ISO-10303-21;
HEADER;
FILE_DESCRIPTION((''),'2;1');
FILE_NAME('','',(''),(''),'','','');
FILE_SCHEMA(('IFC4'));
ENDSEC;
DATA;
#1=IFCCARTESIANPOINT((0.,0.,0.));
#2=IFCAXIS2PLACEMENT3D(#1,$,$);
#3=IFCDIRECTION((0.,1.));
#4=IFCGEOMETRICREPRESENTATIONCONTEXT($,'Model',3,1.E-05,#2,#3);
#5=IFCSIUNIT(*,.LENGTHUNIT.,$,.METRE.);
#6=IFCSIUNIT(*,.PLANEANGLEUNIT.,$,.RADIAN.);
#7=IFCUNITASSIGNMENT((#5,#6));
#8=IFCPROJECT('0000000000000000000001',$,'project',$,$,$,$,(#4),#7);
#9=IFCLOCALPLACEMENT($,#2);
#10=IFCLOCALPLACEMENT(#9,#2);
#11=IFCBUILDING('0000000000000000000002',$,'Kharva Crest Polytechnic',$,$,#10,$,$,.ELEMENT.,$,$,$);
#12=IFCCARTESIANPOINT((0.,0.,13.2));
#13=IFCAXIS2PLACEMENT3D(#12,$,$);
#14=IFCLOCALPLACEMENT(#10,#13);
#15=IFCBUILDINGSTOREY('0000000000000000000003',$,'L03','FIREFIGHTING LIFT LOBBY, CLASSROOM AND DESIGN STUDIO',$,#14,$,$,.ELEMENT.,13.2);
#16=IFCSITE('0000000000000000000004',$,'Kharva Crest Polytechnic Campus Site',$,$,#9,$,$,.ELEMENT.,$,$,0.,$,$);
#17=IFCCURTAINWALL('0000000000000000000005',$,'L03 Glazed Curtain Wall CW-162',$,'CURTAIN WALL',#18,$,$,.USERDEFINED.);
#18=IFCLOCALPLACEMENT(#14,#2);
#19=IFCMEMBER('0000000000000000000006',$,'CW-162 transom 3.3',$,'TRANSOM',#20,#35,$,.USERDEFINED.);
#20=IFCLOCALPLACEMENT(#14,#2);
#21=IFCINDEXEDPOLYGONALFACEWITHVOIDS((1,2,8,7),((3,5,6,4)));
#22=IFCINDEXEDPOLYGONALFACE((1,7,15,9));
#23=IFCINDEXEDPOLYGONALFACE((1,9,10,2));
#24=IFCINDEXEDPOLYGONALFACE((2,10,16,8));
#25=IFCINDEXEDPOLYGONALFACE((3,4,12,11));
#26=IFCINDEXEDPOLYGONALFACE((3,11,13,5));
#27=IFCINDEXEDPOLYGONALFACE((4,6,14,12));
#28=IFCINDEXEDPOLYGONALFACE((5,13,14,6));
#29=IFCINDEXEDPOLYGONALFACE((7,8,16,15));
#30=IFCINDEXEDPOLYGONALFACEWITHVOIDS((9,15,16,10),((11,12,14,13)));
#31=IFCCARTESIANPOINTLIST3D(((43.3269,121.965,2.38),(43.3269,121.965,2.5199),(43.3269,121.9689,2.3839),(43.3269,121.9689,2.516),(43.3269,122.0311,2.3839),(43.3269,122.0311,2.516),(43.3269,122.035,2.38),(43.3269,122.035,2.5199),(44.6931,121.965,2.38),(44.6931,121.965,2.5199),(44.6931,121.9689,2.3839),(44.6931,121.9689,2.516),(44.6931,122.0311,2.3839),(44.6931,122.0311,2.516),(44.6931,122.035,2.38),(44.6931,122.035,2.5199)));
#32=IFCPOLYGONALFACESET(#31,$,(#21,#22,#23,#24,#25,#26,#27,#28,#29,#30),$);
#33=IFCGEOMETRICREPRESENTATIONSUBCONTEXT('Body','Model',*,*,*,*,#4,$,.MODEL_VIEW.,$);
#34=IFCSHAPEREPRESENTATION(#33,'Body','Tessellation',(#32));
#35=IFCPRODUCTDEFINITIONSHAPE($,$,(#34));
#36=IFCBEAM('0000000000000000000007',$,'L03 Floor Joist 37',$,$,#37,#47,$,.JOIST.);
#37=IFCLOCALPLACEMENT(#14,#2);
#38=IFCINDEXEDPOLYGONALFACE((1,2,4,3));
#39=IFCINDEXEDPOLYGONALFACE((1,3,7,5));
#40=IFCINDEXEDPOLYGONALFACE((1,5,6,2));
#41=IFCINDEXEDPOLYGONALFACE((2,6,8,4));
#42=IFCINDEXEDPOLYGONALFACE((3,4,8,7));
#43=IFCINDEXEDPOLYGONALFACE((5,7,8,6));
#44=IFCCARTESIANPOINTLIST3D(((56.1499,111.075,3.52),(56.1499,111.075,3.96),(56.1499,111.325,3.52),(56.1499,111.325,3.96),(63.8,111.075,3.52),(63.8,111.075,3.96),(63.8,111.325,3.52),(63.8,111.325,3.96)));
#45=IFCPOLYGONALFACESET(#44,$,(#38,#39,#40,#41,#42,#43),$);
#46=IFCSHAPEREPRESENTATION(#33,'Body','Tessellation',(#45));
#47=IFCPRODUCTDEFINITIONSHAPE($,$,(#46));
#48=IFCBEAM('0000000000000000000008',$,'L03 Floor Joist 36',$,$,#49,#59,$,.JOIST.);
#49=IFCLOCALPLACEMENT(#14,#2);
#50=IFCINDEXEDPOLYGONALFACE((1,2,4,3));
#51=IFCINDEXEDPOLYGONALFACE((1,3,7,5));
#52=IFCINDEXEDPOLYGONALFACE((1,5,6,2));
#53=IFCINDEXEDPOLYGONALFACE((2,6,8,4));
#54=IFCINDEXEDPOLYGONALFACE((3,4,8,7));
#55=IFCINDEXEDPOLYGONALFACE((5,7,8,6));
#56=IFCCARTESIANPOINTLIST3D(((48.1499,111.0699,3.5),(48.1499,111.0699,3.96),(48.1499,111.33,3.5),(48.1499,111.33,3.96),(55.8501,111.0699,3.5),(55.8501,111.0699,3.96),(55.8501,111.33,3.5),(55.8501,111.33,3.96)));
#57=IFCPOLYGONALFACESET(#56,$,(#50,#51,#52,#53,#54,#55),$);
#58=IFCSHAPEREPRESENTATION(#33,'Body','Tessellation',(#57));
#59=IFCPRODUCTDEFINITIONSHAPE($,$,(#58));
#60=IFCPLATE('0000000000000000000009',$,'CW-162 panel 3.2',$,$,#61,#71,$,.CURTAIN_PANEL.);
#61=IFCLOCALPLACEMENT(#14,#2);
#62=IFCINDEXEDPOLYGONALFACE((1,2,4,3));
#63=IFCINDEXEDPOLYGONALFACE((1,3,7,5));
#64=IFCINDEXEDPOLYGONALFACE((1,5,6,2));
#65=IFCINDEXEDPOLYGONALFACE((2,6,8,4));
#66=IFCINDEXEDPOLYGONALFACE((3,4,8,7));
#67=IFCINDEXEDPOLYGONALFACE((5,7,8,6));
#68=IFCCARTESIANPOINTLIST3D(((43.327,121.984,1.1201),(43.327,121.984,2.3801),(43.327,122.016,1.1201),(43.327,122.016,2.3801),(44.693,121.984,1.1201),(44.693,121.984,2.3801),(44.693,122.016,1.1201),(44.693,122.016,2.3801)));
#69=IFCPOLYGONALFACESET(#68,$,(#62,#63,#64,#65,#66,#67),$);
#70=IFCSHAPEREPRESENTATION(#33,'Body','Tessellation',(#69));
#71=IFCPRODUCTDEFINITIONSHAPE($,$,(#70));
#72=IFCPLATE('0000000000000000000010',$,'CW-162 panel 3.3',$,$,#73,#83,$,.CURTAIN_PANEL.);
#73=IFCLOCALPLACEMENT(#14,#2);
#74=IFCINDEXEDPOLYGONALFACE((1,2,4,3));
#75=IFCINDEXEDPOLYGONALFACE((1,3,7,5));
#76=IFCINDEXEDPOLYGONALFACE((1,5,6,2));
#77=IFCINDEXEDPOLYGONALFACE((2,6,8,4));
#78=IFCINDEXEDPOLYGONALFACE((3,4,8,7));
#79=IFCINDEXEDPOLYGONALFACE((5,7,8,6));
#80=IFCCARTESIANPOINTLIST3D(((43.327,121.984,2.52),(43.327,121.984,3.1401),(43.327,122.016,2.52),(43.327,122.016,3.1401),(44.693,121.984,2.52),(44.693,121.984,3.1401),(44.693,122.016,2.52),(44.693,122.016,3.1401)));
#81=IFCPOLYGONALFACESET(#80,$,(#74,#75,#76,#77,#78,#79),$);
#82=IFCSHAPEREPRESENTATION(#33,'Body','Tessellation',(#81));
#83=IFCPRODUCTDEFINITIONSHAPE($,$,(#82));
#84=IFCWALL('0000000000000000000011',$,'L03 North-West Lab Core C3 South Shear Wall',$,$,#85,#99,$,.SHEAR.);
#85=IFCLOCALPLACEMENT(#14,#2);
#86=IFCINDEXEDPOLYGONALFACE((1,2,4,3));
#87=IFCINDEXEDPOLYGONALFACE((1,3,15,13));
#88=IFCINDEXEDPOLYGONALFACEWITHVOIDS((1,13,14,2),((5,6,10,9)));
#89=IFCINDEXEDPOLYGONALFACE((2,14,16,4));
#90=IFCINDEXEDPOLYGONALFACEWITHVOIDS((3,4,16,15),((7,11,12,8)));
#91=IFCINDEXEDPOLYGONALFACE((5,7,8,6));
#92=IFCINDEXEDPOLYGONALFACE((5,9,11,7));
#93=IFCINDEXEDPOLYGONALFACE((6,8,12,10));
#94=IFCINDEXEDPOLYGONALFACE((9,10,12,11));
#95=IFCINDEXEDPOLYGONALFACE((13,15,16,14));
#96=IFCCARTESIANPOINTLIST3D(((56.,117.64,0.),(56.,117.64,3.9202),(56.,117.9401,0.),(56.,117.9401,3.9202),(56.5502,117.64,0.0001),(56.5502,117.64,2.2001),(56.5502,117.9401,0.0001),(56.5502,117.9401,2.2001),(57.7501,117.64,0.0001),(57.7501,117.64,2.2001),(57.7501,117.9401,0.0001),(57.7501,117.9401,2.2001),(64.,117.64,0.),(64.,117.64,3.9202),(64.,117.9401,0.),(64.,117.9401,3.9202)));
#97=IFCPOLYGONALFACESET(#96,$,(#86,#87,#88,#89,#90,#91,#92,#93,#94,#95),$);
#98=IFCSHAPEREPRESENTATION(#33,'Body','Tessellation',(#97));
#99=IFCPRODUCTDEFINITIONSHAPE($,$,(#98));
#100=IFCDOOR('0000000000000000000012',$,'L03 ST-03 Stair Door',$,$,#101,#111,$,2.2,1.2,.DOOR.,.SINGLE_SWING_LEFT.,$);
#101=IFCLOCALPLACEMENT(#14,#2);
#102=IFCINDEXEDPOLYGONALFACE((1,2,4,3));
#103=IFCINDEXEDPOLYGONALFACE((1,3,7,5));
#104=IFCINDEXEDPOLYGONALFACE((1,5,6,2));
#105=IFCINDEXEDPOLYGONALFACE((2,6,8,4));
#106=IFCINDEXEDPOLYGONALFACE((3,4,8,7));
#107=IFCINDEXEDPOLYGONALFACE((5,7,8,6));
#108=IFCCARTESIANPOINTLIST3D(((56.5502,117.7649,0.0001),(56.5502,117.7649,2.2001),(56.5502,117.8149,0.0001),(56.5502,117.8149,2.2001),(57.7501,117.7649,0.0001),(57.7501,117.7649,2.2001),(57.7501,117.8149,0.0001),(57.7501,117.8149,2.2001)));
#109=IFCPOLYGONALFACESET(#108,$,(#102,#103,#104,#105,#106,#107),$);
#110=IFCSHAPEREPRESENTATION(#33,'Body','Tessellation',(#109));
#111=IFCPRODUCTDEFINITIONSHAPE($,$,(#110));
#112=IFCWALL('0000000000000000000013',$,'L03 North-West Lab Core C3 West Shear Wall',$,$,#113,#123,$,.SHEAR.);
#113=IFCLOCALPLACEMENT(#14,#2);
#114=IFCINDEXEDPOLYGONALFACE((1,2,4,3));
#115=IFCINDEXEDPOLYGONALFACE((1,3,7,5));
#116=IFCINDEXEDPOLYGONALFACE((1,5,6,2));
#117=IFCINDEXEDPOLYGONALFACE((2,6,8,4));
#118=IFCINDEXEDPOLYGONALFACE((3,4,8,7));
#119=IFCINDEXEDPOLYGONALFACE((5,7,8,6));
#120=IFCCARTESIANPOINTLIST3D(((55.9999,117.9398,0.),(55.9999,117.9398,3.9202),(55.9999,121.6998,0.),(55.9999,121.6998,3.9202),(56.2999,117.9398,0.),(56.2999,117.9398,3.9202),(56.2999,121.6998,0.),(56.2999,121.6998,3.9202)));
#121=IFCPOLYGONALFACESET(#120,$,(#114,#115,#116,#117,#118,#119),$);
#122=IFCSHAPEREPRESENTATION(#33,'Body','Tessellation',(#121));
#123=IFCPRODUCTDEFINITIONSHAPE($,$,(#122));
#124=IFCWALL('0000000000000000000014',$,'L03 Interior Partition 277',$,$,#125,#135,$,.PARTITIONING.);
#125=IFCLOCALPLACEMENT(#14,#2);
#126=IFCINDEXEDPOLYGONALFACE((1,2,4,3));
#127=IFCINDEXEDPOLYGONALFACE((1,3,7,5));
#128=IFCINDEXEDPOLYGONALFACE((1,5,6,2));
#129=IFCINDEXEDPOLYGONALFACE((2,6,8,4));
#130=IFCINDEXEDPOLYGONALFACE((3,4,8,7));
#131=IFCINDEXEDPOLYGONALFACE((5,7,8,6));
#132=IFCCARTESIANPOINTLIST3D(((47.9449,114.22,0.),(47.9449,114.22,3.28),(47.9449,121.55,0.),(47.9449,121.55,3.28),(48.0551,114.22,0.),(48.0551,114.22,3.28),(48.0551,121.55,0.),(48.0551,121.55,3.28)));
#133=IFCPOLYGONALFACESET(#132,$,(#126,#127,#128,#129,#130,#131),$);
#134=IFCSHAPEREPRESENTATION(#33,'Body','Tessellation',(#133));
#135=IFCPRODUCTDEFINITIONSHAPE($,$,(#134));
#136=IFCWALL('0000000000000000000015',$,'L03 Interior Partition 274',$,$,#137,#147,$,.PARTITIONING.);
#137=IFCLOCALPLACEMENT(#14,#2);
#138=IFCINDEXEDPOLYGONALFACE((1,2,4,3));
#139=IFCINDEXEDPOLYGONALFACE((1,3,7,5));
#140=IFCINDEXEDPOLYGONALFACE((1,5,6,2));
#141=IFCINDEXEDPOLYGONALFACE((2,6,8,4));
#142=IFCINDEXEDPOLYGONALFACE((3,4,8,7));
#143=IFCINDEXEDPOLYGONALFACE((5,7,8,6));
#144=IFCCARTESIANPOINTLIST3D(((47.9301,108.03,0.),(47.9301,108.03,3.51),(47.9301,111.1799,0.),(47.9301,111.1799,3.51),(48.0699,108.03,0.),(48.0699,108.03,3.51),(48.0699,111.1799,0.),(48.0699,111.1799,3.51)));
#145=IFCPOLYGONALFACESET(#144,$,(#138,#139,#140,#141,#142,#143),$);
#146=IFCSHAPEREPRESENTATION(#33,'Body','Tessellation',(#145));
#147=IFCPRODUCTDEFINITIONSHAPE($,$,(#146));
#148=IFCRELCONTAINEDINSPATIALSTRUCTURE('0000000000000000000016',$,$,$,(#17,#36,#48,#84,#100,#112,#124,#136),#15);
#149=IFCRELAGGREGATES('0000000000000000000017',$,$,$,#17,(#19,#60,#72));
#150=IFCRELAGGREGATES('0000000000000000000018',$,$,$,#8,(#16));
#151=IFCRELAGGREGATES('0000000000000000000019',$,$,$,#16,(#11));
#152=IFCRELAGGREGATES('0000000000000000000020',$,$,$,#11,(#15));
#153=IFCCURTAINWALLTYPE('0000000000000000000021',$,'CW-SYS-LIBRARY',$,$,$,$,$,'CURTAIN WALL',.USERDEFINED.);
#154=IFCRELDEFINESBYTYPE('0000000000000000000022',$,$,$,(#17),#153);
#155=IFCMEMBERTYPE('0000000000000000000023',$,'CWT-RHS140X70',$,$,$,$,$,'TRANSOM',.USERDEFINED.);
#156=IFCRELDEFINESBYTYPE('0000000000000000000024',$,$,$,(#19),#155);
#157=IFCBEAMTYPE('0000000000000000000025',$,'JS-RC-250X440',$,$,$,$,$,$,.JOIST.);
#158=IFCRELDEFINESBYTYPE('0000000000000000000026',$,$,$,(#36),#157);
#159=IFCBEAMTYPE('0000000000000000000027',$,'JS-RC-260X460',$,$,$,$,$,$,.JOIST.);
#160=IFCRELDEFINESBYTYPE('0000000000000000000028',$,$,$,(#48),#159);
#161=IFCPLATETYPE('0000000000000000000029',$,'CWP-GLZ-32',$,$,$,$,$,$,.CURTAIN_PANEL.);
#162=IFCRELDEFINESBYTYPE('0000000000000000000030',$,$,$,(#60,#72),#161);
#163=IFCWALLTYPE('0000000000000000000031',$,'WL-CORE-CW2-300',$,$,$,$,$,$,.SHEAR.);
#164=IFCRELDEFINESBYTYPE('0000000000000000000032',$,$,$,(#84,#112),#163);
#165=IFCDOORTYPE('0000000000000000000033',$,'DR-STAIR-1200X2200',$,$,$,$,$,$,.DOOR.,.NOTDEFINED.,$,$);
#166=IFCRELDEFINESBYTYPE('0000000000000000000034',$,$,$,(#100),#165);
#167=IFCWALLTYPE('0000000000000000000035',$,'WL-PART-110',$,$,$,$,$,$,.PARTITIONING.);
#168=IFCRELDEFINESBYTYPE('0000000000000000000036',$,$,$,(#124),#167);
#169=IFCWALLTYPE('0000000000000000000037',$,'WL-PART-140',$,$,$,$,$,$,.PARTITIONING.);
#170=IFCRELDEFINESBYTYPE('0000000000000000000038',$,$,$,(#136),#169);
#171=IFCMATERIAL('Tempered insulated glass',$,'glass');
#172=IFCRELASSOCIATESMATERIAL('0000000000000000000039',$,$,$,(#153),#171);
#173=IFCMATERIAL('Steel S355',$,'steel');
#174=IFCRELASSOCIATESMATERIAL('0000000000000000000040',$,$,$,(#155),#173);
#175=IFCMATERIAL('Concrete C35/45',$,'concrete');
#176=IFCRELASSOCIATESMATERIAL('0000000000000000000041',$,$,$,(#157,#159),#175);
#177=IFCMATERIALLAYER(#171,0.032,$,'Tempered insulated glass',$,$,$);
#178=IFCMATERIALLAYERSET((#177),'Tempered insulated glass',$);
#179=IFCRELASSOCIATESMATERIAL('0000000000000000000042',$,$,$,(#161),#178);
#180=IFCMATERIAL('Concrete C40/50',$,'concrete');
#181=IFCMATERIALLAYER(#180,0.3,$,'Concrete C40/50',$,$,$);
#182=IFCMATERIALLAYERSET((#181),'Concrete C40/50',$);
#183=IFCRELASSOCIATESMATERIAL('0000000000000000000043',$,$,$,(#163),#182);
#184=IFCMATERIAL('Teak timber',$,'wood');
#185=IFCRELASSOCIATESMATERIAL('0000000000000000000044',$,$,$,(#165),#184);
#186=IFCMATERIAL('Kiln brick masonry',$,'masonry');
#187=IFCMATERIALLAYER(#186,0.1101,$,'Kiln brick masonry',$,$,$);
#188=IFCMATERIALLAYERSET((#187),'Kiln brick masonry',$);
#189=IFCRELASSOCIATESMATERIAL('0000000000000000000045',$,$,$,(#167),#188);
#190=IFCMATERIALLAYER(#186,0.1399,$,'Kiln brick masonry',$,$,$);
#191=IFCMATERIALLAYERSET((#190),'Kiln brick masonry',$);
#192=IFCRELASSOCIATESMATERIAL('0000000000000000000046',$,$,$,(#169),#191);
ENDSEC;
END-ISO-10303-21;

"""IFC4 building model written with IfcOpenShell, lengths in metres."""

from ifc_helpers import new_model, si_unit, direction, frame, frame_2d, origin, origin_2d, place, context, subcontext, project, spatial, rectangle, hollow_rectangle, extrude, material, layer, layer_set, material_profile, profile_set, type_object, element, fill, aggregate, save


model = new_model("IFC4")

# Units and contexts
model_context = context("Model", 3, precision=1e-05, world=origin(), true_north=direction((0.0, 1.0)))
body_context = subcontext(model_context, "Body", "Model", "MODEL_VIEW")
ifc_project = project(units=[si_unit("LENGTHUNIT", "METRE"), si_unit("PLANEANGLEUNIT", "RADIAN")], contexts=[model_context])

# Site, building, storey
site_placement = place(None, origin())
site = spatial("IfcSite", under=ifc_project, at=site_placement, Name="Kharva Crest Polytechnic Campus Site", CompositionType="ELEMENT", RefElevation=0.0)
building_placement = place(site_placement, origin())
building = spatial("IfcBuilding", under=site, at=building_placement, Name="Kharva Crest Polytechnic", CompositionType="ELEMENT")
storey_placement = place(building_placement, frame((0.0, 0.0, 13.2)))
storey = spatial("IfcBuildingStorey", under=building, at=storey_placement, Name="L03", Description="FIREFIGHTING LIFT LOBBY, CLASSROOM AND DESIGN STUDIO", CompositionType="ELEMENT", Elevation=13.2)

# Shared definitions
ifc_material_1 = material(Name="Concrete C40/50", Category="concrete")

# Shared definitions
ifc_material_2 = material(Name="Concrete C35/45", Category="concrete")

# Curtain wall, member
ifc_material_3 = material(Name="Tempered insulated glass", Category="glass")
curtain_wall_type = type_object("IfcCurtainWallType", Name="CW-SYS-LIBRARY", ElementType="CURTAIN WALL", PredefinedType="USERDEFINED", material=ifc_material_3)
curtain_wall_placement = place(storey_placement, origin())
curtain_wall = element("IfcCurtainWall", 1, at=curtain_wall_placement, inside=storey, type_object=curtain_wall_type, Name="L03 Glazed Curtain Wall CW-162", ObjectType="CURTAIN WALL", PredefinedType="USERDEFINED")
ifc_material_4 = material(Name="Steel S355", Category="steel")
ifc_material_profile_1 = material_profile(ifc_material_4, hollow_rectangle(XDim=0.0701, YDim=0.1399, WallThickness=0.0039, at=origin_2d()), Name="RHS 140X70X4.0")
ifc_profile_set_1 = profile_set([ifc_material_profile_1], Name="Steel S355")
member_type = type_object("IfcMemberType", Name="CWT-RHS140X70", ElementType="TRANSOM", PredefinedType="USERDEFINED", material=ifc_profile_set_1)
member_1_placement = place(storey_placement, frame((44.6931, 122.0, 2.45), z_axis=(-1.0, 0.0, 0.0), x_axis=(0.0, -1.0, 0.0)))
member_1 = element("IfcMember", 2, at=member_1_placement, type_object=member_type, Name="CW-162 transom 3.3", ObjectType="TRANSOM", PredefinedType="USERDEFINED", context=body_context, shape_type="SweptSolid", body=[
    extrude(hollow_rectangle(XDim=0.0701, YDim=0.1399, WallThickness=0.0039, at=origin_2d()), origin(), (0.0, 0.0, 1.0), 1.3662),
])

# Beams
ifc_material_profile_2 = material_profile(ifc_material_2, rectangle(XDim=0.25, YDim=0.4399, at=origin_2d()), Name="RECT 250 X 440")
ifc_profile_set_2 = profile_set([ifc_material_profile_2], Name="Concrete C35/45")
beam_type_1 = type_object("IfcBeamType", Name="JS-RC-250X440", PredefinedType="JOIST", material=ifc_profile_set_2)
beam_1_placement = place(storey_placement, frame((56.1499, 111.2, 3.74), z_axis=(1.0, 0.0, 0.0), x_axis=(0.0, 1.0, 0.0)))
element("IfcBeam", 3, at=beam_1_placement, inside=storey, type_object=beam_type_1, Name="L03 Floor Joist 37", PredefinedType="JOIST", context=body_context, shape_type="SweptSolid", body=[
    extrude(rectangle(XDim=0.25, YDim=0.4399, at=origin_2d()), origin(), (0.0, 0.0, 1.0), 7.6501),
])
ifc_material_profile_3 = material_profile(ifc_material_2, rectangle(XDim=0.26, YDim=0.46, at=origin_2d()), Name="RECT 260 X 460")
ifc_profile_set_3 = profile_set([ifc_material_profile_3], Name="Concrete C35/45")
beam_type_2 = type_object("IfcBeamType", Name="JS-RC-260X460", PredefinedType="JOIST", material=ifc_profile_set_3)
beam_2_placement = place(storey_placement, frame((48.1499, 111.2, 3.73), z_axis=(1.0, 0.0, 0.0), x_axis=(0.0, 1.0, 0.0)))
element("IfcBeam", 4, at=beam_2_placement, inside=storey, type_object=beam_type_2, Name="L03 Floor Joist 36", PredefinedType="JOIST", context=body_context, shape_type="SweptSolid", body=[
    extrude(rectangle(XDim=0.26, YDim=0.46, at=origin_2d()), origin(), (0.0, 0.0, 1.0), 7.7002),
])

# Plates
ifc_layer_1 = layer(ifc_material_3, 0.032, Name="Tempered insulated glass")
ifc_layer_set_1 = layer_set([ifc_layer_1], Name="Tempered insulated glass")
plate_type = type_object("IfcPlateType", Name="CWP-GLZ-32", PredefinedType="CURTAIN_PANEL", material=ifc_layer_set_1)
plate_1_placement = place(storey_placement, frame((44.01, 122.0, 1.1201), z_axis=(0.0, 0.0, 1.0), x_axis=(-1.0, 0.0, 0.0)))
plate_1 = element("IfcPlate", 5, at=plate_1_placement, type_object=plate_type, Name="CW-162 panel 3.2", PredefinedType="CURTAIN_PANEL", context=body_context, shape_type="SweptSolid", body=[
    extrude(rectangle(XDim=1.366, YDim=0.032, at=origin_2d()), origin(), (0.0, 0.0, 1.0), 1.26),
])
plate_2_placement = place(storey_placement, frame((44.01, 122.0, 2.52), z_axis=(0.0, 0.0, 1.0), x_axis=(-1.0, 0.0, 0.0)))
plate_2 = element("IfcPlate", 6, at=plate_2_placement, type_object=plate_type, Name="CW-162 panel 3.3", PredefinedType="CURTAIN_PANEL", context=body_context, shape_type="SweptSolid", body=[
    extrude(rectangle(XDim=1.366, YDim=0.032, at=origin_2d()), origin(), (0.0, 0.0, 1.0), 0.6201),
])
aggregate(curtain_wall, [member_1, plate_1, plate_2])

# Wall, opening, door
ifc_layer_2 = layer(ifc_material_1, 0.3, Name="Concrete C40/50")
ifc_layer_set_2 = layer_set([ifc_layer_2], Name="Concrete C40/50")
wall_type_1 = type_object("IfcWallType", Name="WL-CORE-CW2-300", PredefinedType="SHEAR", material=ifc_layer_set_2)
wall_1_placement = place(storey_placement, frame((56.0, 117.79, 0.0), z_axis=(0.0, 0.0, 1.0), x_axis=(1.0, 0.0, 0.0)))
wall_1 = element("IfcWall", 7, at=wall_1_placement, inside=storey, type_object=wall_type_1, Name="L03 North-West Lab Core C3 South Shear Wall", PredefinedType="SHEAR", context=body_context, shape_type="SweptSolid", body=[
    extrude(rectangle(XDim=8.0, YDim=0.3, at=frame_2d((4.0, 0.0))), origin(), (0.0, 0.0, 1.0), 3.9202),
])
opening_1_placement = place(wall_1_placement, frame((0.55, 0.0, 0.0)))
opening_1 = element("IfcOpeningElement", 8, at=opening_1_placement, cuts=wall_1, PredefinedType="OPENING", context=body_context, shape_type="SweptSolid", body=[
    extrude(rectangle(XDim=1.2, YDim=2.2, at=frame_2d((0.6001, 1.1001))), frame((0.0, 0.1599, 0.0), z_axis=(0.0, -1.0, 0.0), x_axis=(1.0, 0.0, 0.0)), (0.0, 0.0, 1.0), 0.3201),
])
ifc_material_5 = material(Name="Teak timber", Category="wood")
door_type_1 = type_object("IfcDoorType", Name="DR-STAIR-1200X2200", OperationType="NOTDEFINED", PredefinedType="DOOR", material=ifc_material_5)
door_1_placement = place(opening_1_placement, origin())
door_1 = element("IfcDoor", 9, at=door_1_placement, inside=storey, type_object=door_type_1, Name="L03 ST-03 Stair Door", OperationType="SINGLE_SWING_LEFT", OverallHeight=2.2, OverallWidth=1.2, PredefinedType="DOOR", context=body_context, shape_type="SweptSolid", body=[
    extrude(rectangle(XDim=1.2, YDim=2.2, at=frame_2d((0.6001, 1.1001))), frame((0.0, 0.0249, 0.0), z_axis=(0.0, -1.0, 0.0), x_axis=(1.0, 0.0, 0.0)), (0.0, 0.0, 1.0), 0.05),
])
fill(opening_1, door_1)

# Walls
wall_2_placement = place(storey_placement, frame((56.1499, 117.9399, 0.0), z_axis=(0.0, 0.0, 1.0), x_axis=(0.0, 1.0, 0.0)))
element("IfcWall", 10, at=wall_2_placement, inside=storey, type_object=wall_type_1, Name="L03 North-West Lab Core C3 West Shear Wall", PredefinedType="SHEAR", context=body_context, shape_type="SweptSolid", body=[
    extrude(rectangle(XDim=3.76, YDim=0.3, at=frame_2d((1.8799, 0.0))), origin(), (0.0, 0.0, 1.0), 3.9202),
])
ifc_material_6 = material(Name="Kiln brick masonry", Category="masonry")
ifc_layer_3 = layer(ifc_material_6, 0.1101, Name="Kiln brick masonry")
ifc_layer_set_3 = layer_set([ifc_layer_3], Name="Kiln brick masonry")
wall_type_2 = type_object("IfcWallType", Name="WL-PART-110", PredefinedType="PARTITIONING", material=ifc_layer_set_3)
wall_3_placement = place(storey_placement, frame((48.0, 114.22, 0.0), z_axis=(0.0, 0.0, 1.0), x_axis=(0.0, 1.0, 0.0)))
element("IfcWall", 11, at=wall_3_placement, inside=storey, type_object=wall_type_2, Name="L03 Interior Partition 277", PredefinedType="PARTITIONING", context=body_context, shape_type="SweptSolid", body=[
    extrude(rectangle(XDim=7.3301, YDim=0.1101, at=frame_2d((3.665, 0.0))), origin(), (0.0, 0.0, 1.0), 3.28),
])
ifc_layer_4 = layer(ifc_material_6, 0.1399, Name="Kiln brick masonry")
ifc_layer_set_4 = layer_set([ifc_layer_4], Name="Kiln brick masonry")
wall_type_3 = type_object("IfcWallType", Name="WL-PART-140", PredefinedType="PARTITIONING", material=ifc_layer_set_4)
wall_4_placement = place(storey_placement, frame((48.0, 108.03, 0.0), z_axis=(0.0, 0.0, 1.0), x_axis=(0.0, 1.0, 0.0)))
element("IfcWall", 12, at=wall_4_placement, inside=storey, type_object=wall_type_3, Name="L03 Interior Partition 274", PredefinedType="PARTITIONING", context=body_context, shape_type="SweptSolid", body=[
    extrude(rectangle(XDim=3.1499, YDim=0.1399, at=frame_2d((1.575, 0.0))), origin(), (0.0, 0.0, 1.0), 3.51),
])

save(model, "model.ifc")
